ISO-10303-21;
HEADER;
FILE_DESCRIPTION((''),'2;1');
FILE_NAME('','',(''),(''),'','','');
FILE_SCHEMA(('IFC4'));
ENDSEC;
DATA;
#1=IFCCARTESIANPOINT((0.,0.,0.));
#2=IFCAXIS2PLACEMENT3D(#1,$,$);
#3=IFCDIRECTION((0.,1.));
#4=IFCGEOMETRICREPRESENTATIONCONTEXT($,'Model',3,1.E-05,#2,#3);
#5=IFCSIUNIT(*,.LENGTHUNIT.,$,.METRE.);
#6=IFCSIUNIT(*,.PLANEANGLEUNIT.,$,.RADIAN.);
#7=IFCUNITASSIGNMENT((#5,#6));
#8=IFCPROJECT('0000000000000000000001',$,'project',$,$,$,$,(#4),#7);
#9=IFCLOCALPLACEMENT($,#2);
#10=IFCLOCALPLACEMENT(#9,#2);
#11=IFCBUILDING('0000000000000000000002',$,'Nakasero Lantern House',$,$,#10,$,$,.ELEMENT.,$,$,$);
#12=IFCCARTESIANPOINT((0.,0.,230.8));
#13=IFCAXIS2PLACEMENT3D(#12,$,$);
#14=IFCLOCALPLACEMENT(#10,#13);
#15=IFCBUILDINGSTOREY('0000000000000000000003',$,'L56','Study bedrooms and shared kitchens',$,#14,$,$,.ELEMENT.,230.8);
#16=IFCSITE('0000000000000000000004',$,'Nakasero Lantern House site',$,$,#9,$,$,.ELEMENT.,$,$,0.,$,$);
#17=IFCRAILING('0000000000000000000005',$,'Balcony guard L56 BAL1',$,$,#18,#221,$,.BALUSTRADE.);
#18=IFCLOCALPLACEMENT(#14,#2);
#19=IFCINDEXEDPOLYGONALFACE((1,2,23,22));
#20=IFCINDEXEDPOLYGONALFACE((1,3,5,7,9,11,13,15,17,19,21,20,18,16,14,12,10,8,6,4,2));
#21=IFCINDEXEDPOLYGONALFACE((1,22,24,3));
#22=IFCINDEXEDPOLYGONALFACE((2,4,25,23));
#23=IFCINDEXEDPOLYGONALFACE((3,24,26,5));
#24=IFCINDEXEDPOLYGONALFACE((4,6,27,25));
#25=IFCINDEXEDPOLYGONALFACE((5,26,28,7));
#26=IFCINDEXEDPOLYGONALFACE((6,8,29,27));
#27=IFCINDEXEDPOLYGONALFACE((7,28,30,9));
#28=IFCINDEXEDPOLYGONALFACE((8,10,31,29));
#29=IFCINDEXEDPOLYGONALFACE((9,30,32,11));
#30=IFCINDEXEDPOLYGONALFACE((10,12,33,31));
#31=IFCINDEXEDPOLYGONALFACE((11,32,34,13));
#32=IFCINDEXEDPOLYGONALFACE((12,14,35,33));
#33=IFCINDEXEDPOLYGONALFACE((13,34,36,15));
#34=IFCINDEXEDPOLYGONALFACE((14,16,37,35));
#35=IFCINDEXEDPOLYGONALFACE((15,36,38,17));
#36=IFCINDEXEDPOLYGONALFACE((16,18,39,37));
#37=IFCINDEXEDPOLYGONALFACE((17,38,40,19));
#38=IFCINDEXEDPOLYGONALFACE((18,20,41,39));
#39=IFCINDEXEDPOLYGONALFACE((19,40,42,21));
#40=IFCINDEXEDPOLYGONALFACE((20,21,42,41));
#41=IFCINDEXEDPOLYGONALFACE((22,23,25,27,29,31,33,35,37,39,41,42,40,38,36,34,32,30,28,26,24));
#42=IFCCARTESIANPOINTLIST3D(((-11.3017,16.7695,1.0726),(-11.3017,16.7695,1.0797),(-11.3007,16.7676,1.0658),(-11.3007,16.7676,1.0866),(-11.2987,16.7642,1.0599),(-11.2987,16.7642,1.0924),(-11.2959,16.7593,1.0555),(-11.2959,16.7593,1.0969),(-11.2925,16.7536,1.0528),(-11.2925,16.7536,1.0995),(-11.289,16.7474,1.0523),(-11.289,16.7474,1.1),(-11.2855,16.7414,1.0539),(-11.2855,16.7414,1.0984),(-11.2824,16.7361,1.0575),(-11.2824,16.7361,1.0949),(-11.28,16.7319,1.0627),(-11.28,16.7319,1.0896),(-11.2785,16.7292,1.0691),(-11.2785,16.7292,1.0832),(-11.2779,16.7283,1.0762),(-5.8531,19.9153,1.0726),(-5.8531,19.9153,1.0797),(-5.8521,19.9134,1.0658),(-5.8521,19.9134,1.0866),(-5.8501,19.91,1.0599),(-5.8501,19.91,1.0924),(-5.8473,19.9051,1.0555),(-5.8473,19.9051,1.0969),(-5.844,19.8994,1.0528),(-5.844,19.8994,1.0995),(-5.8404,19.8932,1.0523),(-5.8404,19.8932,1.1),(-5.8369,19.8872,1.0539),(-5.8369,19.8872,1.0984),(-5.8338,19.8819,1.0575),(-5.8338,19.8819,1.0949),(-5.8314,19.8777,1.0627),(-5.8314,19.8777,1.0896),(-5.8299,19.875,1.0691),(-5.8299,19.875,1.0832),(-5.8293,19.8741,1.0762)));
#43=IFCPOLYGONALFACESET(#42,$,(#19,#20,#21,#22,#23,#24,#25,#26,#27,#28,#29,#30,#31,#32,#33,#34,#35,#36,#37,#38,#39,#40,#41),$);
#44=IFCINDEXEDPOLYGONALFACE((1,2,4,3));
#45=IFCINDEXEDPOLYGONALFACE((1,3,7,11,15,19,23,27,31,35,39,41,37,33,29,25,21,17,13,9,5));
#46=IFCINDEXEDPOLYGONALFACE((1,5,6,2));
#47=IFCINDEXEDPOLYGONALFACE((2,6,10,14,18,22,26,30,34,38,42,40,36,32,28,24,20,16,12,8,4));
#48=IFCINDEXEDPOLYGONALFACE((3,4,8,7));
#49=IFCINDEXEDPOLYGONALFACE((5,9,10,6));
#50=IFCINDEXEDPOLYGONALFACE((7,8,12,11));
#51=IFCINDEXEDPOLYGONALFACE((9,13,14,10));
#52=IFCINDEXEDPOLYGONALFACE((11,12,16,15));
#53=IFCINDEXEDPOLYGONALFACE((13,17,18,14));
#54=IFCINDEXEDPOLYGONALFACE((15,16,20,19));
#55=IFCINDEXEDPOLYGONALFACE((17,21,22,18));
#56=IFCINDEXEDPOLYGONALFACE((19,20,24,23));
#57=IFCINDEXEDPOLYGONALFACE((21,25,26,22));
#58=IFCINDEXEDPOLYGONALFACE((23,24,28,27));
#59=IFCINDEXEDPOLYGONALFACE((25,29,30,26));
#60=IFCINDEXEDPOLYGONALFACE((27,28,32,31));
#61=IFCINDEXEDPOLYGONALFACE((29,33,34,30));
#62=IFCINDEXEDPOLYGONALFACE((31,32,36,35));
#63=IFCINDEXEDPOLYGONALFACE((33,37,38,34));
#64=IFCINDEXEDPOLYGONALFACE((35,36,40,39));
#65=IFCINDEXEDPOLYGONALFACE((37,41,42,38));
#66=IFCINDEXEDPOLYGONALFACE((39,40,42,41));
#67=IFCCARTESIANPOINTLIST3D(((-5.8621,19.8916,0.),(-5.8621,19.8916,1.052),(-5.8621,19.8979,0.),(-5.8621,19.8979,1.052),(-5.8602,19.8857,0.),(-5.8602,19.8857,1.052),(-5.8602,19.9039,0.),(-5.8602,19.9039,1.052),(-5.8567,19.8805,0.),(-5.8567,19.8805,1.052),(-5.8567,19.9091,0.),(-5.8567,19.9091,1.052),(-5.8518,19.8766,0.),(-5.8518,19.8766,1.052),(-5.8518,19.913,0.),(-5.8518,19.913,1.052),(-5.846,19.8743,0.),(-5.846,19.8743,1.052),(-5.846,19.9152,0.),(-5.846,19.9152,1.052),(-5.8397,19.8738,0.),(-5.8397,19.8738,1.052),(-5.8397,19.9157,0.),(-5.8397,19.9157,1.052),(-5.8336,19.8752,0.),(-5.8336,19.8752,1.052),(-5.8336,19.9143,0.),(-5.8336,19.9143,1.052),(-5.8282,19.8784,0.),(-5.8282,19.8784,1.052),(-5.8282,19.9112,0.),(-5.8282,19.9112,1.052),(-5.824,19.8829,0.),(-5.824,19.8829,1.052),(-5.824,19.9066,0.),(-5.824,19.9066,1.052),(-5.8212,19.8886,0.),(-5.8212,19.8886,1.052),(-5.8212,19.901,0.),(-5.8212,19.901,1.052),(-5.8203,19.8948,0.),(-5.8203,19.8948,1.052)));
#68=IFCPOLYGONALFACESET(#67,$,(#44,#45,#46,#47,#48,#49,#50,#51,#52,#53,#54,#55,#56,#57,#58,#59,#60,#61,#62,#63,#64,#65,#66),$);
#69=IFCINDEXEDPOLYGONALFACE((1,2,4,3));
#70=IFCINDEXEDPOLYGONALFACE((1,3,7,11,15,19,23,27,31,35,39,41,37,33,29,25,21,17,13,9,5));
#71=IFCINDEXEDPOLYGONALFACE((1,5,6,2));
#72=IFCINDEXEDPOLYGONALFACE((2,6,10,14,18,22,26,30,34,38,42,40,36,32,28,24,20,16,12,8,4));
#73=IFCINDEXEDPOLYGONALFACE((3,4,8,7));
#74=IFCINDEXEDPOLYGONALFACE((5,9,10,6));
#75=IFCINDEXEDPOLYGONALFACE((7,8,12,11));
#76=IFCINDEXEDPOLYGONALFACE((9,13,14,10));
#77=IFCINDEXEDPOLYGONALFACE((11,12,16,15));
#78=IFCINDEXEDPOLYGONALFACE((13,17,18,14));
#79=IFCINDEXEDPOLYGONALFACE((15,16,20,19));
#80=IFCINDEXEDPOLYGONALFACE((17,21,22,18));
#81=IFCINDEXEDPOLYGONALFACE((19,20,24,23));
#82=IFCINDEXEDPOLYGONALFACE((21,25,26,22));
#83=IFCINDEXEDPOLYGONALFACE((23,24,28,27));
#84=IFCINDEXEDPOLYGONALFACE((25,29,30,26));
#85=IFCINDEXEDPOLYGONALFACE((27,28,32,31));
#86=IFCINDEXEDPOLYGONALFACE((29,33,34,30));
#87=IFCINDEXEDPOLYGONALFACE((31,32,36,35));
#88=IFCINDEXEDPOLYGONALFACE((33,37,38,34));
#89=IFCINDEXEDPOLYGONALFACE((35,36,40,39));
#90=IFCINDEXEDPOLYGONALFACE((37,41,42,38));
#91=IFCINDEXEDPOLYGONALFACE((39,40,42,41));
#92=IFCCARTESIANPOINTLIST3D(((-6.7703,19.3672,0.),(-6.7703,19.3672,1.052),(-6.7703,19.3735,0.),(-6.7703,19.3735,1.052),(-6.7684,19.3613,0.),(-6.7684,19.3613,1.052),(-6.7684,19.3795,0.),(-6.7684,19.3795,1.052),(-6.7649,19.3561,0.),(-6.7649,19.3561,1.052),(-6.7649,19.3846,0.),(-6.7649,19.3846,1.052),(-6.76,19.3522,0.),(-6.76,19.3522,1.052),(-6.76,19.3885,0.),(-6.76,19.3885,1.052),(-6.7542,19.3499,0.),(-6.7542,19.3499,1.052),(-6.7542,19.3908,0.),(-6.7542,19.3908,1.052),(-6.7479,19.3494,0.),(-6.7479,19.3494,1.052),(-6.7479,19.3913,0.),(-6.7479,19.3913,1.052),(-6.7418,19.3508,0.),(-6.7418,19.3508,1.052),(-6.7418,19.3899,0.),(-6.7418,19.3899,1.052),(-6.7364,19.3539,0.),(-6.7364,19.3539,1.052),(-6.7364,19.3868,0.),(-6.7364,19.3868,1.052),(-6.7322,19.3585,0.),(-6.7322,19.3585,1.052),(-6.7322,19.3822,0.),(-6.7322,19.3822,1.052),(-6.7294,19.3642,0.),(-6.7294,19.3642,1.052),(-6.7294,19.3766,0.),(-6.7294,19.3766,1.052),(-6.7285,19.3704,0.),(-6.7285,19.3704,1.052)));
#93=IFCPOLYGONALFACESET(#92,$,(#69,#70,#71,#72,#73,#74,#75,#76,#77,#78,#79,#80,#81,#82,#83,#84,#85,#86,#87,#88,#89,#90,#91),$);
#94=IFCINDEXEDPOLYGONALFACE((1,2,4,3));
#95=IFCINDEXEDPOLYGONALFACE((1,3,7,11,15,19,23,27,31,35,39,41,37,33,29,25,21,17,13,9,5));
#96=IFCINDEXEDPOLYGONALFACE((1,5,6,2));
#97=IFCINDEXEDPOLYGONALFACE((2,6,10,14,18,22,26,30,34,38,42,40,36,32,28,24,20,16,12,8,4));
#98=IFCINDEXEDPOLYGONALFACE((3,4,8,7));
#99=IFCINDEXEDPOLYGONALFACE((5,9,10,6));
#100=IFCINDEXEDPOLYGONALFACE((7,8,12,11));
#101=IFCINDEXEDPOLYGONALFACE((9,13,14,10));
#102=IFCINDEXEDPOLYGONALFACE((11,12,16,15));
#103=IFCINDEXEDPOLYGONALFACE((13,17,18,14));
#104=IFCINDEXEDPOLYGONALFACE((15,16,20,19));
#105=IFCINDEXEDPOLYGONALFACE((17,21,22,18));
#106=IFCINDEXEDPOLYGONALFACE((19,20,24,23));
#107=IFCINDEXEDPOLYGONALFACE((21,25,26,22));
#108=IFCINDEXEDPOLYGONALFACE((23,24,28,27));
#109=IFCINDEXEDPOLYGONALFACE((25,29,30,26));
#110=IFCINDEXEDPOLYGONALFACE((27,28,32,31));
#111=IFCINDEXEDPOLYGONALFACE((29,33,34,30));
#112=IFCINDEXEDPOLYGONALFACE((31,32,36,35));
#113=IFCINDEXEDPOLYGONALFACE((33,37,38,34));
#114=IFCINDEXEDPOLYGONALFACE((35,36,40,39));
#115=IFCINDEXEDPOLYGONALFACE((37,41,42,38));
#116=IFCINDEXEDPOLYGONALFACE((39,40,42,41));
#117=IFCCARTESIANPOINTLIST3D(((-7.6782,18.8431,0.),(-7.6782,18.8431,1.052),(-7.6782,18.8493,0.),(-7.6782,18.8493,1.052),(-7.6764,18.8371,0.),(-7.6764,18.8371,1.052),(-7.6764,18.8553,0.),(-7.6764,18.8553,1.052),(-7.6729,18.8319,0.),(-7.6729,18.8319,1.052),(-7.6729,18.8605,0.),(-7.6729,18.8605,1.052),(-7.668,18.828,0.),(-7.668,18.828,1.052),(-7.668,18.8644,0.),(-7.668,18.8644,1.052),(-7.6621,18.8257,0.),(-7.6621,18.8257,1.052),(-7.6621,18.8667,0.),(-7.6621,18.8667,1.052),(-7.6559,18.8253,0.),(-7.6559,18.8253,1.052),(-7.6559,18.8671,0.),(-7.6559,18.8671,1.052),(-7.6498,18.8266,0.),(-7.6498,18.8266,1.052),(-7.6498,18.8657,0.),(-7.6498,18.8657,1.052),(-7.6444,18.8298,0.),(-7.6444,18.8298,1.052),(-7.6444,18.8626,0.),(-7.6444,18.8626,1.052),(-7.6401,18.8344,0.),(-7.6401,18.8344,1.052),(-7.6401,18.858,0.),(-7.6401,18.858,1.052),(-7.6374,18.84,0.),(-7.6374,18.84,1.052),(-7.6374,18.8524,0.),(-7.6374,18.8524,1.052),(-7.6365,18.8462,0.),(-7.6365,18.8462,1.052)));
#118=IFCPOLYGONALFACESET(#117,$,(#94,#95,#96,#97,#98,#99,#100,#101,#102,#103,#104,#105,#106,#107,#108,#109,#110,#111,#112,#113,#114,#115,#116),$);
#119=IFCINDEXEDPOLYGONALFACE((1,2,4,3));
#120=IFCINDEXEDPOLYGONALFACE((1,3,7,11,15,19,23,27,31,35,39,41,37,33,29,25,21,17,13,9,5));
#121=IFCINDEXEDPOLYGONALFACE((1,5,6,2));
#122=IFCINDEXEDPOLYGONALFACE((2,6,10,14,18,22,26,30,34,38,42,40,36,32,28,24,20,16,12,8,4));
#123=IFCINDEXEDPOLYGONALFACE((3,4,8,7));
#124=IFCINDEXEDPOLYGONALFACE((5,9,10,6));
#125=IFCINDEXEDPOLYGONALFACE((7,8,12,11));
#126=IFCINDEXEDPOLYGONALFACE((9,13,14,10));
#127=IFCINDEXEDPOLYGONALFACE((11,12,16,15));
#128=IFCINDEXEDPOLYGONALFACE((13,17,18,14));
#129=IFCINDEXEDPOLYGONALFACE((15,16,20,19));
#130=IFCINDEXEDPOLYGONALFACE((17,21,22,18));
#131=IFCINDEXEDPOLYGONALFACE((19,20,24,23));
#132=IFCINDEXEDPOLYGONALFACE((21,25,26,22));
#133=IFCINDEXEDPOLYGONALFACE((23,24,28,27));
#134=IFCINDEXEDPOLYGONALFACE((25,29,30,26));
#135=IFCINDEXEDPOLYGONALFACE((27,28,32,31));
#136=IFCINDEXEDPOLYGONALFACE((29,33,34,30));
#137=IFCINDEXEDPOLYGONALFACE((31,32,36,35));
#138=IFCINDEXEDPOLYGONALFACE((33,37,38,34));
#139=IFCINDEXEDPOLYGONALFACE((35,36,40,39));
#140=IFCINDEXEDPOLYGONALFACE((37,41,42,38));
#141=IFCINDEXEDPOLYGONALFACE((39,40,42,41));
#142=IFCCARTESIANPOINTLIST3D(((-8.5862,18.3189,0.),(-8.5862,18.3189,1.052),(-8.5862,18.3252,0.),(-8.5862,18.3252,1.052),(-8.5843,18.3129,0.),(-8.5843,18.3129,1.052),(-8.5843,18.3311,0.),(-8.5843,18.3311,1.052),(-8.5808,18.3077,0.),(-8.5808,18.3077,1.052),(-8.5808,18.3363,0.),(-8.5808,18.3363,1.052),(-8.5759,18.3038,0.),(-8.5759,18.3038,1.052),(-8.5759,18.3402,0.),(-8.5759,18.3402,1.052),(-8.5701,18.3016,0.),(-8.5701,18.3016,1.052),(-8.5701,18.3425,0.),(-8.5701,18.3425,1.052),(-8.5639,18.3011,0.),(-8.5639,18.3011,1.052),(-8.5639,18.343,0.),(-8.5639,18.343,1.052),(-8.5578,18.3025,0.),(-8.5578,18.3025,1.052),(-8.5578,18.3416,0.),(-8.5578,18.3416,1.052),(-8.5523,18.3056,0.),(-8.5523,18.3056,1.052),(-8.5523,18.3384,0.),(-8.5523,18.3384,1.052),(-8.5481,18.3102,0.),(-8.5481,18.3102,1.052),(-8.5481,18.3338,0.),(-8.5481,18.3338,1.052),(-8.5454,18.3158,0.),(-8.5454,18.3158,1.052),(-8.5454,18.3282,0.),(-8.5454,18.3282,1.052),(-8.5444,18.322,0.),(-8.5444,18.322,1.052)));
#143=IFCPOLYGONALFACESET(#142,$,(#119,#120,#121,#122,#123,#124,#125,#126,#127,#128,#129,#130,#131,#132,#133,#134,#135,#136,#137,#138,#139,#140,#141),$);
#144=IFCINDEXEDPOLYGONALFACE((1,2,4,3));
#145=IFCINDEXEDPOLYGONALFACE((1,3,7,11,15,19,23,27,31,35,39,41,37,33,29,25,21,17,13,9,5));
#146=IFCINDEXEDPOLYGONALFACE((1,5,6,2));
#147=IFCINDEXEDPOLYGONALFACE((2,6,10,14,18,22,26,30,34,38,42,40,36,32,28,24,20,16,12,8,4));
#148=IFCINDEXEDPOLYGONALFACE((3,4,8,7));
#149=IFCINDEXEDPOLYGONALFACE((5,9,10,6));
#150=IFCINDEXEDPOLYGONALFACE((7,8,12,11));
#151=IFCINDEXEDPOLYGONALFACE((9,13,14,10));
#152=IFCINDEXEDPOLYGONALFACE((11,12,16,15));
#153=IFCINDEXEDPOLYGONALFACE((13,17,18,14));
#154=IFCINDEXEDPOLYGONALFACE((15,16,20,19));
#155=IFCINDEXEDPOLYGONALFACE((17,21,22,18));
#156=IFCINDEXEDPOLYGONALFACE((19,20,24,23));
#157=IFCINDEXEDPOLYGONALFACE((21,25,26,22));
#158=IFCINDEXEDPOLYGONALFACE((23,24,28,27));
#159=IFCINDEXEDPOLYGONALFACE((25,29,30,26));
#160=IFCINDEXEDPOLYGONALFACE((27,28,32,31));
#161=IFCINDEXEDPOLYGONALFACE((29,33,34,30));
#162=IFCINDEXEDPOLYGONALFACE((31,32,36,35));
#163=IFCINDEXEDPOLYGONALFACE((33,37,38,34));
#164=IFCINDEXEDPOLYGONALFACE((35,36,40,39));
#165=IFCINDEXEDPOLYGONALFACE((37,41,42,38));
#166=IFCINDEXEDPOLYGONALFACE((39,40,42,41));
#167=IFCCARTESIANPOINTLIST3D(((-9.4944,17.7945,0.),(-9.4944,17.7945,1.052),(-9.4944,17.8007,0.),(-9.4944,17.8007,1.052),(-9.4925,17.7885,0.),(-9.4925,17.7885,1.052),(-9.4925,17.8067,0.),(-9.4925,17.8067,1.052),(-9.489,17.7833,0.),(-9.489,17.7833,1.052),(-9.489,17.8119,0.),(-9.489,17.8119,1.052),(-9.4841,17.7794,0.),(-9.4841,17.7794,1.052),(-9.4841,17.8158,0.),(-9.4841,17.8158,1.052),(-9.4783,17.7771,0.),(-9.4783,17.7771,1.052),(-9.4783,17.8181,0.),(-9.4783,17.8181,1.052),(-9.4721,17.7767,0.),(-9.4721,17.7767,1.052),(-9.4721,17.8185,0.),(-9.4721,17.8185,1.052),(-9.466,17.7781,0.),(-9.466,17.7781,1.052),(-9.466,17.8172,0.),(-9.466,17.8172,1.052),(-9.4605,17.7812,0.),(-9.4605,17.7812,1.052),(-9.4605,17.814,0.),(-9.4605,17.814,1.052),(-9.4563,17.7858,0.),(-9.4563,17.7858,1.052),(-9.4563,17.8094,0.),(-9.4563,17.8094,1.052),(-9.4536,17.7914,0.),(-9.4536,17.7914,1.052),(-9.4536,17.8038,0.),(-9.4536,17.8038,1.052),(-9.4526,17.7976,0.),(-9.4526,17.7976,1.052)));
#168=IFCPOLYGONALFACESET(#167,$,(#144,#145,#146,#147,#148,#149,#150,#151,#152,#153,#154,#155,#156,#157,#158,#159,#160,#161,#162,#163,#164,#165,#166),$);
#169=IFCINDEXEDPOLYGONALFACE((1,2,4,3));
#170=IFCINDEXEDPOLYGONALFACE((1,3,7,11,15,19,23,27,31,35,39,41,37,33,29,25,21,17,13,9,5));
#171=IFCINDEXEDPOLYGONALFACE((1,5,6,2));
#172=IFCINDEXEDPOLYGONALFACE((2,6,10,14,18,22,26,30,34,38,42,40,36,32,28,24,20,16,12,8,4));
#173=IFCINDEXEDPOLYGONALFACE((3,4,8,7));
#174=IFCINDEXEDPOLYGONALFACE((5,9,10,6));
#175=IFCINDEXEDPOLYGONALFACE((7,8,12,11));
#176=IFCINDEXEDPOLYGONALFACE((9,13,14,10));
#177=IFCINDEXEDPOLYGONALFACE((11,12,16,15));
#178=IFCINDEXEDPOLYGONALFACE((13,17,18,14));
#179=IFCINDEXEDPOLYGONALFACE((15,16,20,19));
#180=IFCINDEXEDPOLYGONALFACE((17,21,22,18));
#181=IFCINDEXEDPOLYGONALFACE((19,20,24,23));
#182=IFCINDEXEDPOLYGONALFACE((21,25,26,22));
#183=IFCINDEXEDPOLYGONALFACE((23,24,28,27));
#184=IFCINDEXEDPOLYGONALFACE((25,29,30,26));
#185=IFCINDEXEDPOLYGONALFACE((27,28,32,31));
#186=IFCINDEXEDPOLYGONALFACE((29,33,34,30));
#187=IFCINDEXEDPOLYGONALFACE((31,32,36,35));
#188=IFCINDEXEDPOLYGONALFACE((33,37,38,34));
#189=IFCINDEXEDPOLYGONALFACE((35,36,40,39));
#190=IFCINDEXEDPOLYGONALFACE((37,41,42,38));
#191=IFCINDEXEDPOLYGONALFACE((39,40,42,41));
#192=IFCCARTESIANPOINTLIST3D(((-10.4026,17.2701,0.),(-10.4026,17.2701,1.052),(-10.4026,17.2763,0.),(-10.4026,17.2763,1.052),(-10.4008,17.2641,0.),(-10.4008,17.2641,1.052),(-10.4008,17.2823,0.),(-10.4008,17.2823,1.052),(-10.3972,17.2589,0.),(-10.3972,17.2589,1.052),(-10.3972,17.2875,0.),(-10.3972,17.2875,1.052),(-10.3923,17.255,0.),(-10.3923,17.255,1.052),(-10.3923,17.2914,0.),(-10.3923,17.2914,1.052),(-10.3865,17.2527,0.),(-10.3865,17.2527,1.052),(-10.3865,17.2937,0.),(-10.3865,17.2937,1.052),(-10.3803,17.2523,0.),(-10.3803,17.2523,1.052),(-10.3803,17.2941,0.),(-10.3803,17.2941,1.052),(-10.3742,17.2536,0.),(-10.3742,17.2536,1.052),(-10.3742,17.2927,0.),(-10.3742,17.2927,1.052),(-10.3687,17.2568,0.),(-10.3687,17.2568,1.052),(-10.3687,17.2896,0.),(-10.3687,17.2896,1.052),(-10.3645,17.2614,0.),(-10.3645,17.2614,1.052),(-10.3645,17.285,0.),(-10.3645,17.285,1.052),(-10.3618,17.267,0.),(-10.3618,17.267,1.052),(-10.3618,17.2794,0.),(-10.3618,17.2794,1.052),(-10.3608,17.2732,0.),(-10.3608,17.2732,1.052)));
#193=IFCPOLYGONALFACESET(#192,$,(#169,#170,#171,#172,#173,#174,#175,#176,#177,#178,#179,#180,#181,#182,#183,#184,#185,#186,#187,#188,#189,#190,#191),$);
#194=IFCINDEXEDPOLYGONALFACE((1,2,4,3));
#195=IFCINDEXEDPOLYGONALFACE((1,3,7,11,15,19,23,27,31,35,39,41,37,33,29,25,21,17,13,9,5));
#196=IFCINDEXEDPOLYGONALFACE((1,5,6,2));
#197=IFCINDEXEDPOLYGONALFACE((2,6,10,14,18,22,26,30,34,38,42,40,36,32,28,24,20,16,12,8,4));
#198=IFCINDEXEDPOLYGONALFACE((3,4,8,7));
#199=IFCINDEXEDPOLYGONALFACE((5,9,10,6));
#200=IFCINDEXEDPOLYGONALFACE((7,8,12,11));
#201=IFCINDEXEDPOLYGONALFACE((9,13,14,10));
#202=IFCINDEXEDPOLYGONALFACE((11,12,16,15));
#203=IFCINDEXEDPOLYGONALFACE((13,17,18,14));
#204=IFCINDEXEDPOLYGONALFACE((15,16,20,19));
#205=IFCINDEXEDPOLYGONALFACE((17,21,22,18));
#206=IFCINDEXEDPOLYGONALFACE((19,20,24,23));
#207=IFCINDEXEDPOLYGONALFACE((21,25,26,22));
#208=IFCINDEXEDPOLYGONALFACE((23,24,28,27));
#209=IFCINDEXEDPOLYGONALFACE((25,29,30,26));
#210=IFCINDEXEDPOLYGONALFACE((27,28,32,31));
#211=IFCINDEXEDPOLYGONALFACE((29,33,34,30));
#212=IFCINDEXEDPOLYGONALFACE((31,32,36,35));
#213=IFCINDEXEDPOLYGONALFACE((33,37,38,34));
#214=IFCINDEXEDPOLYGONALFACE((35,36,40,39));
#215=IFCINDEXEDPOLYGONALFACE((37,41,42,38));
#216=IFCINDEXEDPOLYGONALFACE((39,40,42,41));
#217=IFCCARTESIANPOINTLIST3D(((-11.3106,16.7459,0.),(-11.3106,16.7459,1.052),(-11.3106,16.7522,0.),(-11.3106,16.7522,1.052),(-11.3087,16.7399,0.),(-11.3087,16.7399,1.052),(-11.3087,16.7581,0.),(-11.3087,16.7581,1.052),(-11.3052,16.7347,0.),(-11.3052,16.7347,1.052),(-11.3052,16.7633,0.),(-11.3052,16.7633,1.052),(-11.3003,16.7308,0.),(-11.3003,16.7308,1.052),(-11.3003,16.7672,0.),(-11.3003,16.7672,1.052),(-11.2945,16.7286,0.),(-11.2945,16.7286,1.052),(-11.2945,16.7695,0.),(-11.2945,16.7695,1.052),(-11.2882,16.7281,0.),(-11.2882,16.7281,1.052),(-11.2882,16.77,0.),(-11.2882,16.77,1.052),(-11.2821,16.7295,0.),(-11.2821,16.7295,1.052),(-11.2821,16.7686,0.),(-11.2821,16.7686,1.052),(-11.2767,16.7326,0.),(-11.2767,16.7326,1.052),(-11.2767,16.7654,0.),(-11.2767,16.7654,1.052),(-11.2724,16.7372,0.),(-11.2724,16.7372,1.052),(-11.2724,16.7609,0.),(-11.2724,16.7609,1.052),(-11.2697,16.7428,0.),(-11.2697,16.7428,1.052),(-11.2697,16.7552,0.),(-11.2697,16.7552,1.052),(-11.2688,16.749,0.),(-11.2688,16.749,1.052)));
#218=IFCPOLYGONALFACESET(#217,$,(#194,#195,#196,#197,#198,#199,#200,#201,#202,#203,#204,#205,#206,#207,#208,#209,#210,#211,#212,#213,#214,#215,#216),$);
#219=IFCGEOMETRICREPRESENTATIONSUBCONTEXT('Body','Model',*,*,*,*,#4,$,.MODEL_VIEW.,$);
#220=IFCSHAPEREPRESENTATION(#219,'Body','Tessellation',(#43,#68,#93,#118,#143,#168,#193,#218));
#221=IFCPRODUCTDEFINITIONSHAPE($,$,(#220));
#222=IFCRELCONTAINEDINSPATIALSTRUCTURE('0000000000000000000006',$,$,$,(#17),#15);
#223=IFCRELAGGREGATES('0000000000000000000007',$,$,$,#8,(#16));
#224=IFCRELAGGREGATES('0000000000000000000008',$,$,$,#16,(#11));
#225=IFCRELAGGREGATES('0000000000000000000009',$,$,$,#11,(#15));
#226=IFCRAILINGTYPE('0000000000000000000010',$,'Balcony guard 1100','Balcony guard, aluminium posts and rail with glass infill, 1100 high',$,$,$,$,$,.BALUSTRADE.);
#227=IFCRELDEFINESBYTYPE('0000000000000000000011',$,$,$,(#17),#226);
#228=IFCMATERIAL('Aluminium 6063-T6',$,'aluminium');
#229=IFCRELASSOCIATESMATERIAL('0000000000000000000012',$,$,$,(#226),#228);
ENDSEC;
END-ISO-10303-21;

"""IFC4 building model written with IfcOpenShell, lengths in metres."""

from ifc_helpers import new_model, si_unit, direction, frame, origin, origin_2d, place, context, subcontext, project, spatial, circle, extrude, material, type_object, element, save


model = new_model("IFC4")

# Units and contexts
model_context = context("Model", 3, precision=1e-05, world=origin(), true_north=direction((0.0, 1.0)))
body_context = subcontext(model_context, "Body", "Model", "MODEL_VIEW")
ifc_project = project(units=[si_unit("LENGTHUNIT", "METRE"), si_unit("PLANEANGLEUNIT", "RADIAN")], contexts=[model_context])

# Site, building, storey
site_placement = place(None, origin())
site = spatial("IfcSite", under=ifc_project, at=site_placement, Name="Nakasero Lantern House site", CompositionType="ELEMENT", RefElevation=0.0)
building_placement = place(site_placement, origin())
building = spatial("IfcBuilding", under=site, at=building_placement, Name="Nakasero Lantern House", CompositionType="ELEMENT")
storey_placement = place(building_placement, frame((0.0, 0.0, 230.8)))
storey = spatial("IfcBuildingStorey", under=building, at=storey_placement, Name="L56", Description="Study bedrooms and shared kitchens", CompositionType="ELEMENT", Elevation=230.8)

# Railing
ifc_material_1 = material(Name="Aluminium 6063-T6", Category="aluminium")
railing_type = type_object("IfcRailingType", Name="Balcony guard 1100", Description="Balcony guard, aluminium posts and rail with glass infill, 1100 high", PredefinedType="BALUSTRADE", material=ifc_material_1)
railing_placement = place(storey_placement, frame((-5.8413, 19.8948, 0.0)))
element("IfcRailing", 1, at=railing_placement, inside=storey, type_object=railing_type, Name="Balcony guard L56 BAL1", PredefinedType="BALUSTRADE", context=body_context, shape_type="SweptSolid", body=[
    extrude(circle(Radius=0.0239, at=origin_2d()), frame((0.0, 0.0, 1.0762), z_axis=(-0.866021, -0.500008, 0.0), x_axis=(0.500008, -0.866021, 0.0)), (0.0, 0.0, 1.0), 6.2915),
    extrude(circle(Radius=0.021, at=origin_2d()), origin(), (0.0, 0.0, 1.0), 1.052),
    extrude(circle(Radius=0.021, at=origin_2d()), frame((-0.9082, -0.5244, 0.0)), (0.0, 0.0, 1.0), 1.052),
    extrude(circle(Radius=0.021, at=origin_2d()), frame((-1.8162, -1.0486, 0.0)), (0.0, 0.0, 1.0), 1.052),
    extrude(circle(Radius=0.021, at=origin_2d()), frame((-2.7241, -1.5728, 0.0)), (0.0, 0.0, 1.0), 1.052),
    extrude(circle(Radius=0.021, at=origin_2d()), frame((-3.6323, -2.0972, 0.0)), (0.0, 0.0, 1.0), 1.052),
    extrude(circle(Radius=0.021, at=origin_2d()), frame((-4.5405, -2.6216, 0.0)), (0.0, 0.0, 1.0), 1.052),
    extrude(circle(Radius=0.021, at=origin_2d()), frame((-5.4485, -3.1458, 0.0)), (0.0, 0.0, 1.0), 1.052),
])

save(model, "model.ifc")
